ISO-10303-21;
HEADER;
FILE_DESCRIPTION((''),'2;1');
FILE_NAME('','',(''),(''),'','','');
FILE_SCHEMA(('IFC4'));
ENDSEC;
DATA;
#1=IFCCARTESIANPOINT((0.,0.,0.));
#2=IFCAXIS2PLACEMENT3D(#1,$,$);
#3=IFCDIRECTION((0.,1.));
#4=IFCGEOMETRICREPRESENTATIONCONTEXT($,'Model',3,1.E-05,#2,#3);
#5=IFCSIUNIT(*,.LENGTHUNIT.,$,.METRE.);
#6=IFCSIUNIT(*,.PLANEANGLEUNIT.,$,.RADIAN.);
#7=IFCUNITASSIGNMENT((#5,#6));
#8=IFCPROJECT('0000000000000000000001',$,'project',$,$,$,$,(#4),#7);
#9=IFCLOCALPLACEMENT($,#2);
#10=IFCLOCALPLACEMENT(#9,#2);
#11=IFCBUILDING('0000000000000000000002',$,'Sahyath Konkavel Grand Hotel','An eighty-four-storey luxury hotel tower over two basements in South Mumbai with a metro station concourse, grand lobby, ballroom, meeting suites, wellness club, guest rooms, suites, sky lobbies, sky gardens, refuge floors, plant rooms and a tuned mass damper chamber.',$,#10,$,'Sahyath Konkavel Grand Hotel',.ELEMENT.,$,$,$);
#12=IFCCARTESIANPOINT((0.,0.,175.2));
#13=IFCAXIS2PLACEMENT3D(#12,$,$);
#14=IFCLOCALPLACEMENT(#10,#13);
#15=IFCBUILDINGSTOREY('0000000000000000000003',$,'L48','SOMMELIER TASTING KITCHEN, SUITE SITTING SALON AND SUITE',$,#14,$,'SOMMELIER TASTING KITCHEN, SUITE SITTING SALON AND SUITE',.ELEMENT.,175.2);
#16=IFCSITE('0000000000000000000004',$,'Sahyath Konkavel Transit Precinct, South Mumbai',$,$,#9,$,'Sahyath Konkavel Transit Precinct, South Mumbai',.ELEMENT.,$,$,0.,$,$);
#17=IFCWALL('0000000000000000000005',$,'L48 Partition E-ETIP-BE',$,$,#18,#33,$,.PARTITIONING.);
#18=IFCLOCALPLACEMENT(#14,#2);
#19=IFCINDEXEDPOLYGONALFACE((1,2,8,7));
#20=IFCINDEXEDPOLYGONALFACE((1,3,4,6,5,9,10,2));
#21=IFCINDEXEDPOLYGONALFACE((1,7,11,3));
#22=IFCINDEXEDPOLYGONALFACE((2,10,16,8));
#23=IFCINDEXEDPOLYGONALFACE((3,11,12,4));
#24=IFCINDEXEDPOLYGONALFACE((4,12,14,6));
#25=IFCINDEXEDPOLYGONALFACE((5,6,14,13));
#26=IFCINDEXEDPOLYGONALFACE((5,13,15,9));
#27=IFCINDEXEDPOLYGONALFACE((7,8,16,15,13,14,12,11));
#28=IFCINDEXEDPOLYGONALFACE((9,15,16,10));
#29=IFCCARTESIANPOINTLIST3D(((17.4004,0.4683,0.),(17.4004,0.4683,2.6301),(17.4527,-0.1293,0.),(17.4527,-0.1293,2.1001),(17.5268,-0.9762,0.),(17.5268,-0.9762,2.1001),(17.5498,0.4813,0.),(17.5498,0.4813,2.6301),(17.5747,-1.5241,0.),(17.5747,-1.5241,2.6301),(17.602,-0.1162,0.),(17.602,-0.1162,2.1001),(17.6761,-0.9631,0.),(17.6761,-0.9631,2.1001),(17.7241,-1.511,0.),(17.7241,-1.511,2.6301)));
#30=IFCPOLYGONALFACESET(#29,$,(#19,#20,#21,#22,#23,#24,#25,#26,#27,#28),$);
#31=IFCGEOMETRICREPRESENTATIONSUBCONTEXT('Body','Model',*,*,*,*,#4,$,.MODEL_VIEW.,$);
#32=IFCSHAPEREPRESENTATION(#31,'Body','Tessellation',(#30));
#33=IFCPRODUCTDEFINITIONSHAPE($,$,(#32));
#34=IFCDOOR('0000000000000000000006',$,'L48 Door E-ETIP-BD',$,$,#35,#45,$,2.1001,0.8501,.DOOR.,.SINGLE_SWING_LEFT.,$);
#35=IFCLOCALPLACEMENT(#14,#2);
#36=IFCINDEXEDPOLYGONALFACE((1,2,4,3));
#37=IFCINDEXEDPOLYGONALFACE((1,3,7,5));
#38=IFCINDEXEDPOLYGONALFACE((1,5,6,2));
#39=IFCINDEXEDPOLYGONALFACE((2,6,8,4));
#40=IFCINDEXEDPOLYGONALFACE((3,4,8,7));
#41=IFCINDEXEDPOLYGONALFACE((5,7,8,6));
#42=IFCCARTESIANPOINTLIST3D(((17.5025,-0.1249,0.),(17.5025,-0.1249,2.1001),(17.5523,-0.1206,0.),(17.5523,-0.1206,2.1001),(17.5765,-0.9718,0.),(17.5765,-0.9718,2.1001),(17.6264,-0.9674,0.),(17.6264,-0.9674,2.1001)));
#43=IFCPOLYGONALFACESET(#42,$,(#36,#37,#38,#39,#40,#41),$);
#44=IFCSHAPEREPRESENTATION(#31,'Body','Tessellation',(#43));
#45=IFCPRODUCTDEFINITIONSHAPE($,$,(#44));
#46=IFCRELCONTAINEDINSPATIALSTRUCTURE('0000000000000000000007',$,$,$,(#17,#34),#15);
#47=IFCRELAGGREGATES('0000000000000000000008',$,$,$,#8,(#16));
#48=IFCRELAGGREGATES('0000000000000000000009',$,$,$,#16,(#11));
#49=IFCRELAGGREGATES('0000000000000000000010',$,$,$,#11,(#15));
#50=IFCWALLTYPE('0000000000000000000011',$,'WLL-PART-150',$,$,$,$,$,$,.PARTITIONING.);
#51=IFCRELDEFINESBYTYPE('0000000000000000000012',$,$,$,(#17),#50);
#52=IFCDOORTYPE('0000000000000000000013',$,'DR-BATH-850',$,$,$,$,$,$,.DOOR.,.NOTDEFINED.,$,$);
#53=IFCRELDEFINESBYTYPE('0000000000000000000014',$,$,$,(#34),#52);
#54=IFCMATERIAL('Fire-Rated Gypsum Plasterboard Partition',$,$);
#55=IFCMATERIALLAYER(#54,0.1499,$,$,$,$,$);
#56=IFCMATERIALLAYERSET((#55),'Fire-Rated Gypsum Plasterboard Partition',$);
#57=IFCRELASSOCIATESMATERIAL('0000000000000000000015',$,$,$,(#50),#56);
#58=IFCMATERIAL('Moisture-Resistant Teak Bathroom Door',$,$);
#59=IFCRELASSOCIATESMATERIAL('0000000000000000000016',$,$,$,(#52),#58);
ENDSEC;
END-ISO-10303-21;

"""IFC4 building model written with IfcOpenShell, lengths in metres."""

from ifc_helpers import new_model, si_unit, direction, frame, frame_2d, origin, origin_2d, place, context, subcontext, project, spatial, rectangle, extrude, source, transform, mapped, material, layer, layer_set, type_object, element, fill, save


model = new_model("IFC4")

# Units and contexts
model_context = context("Model", 3, precision=1e-05, world=origin(), true_north=direction((0.0, 1.0)))
body_context = subcontext(model_context, "Body", "Model", "MODEL_VIEW")
ifc_project = project(units=[si_unit("LENGTHUNIT", "METRE"), si_unit("PLANEANGLEUNIT", "RADIAN")], contexts=[model_context])

# Site, building, storey
site_placement = place(None, origin())
site = spatial("IfcSite", under=ifc_project, at=site_placement, Name="Sahyath Konkavel Transit Precinct, South Mumbai", LongName="Sahyath Konkavel Transit Precinct, South Mumbai", CompositionType="ELEMENT", RefElevation=0.0)
building_placement = place(site_placement, origin())
building = spatial("IfcBuilding", under=site, at=building_placement, Name="Sahyath Konkavel Grand Hotel", Description="An eighty-four-storey luxury hotel tower over two basements in South Mumbai with a metro station concourse, grand lobby, ballroom, meeting suites, wellness club, guest rooms, suites, sky lobbies, sky gardens, refuge floors, plant rooms and a tuned mass damper chamber.", LongName="Sahyath Konkavel Grand Hotel", CompositionType="ELEMENT")
storey_placement = place(building_placement, frame((0.0, 0.0, 175.2)))
storey = spatial("IfcBuildingStorey", under=building, at=storey_placement, Name="L48", Description="SOMMELIER TASTING KITCHEN, SUITE SITTING SALON AND SUITE", LongName="SOMMELIER TASTING KITCHEN, SUITE SITTING SALON AND SUITE", CompositionType="ELEMENT", Elevation=175.2)

# Shared definitions
shared_shape_1 = source(origin(), body_context, "Body", "SweptSolid", [
    extrude(rectangle(XDim=0.8501, YDim=0.05, at=origin_2d()), origin(), (0.0, 0.0, 1.0), 2.1001),
])

# Shared definitions
ifc_material_1 = material(Name="Fire-Rated Gypsum Plasterboard Partition")
ifc_layer_1 = layer(ifc_material_1, 0.1499)
ifc_layer_set_1 = layer_set([ifc_layer_1], Name="Fire-Rated Gypsum Plasterboard Partition")
wall_type_1 = type_object("IfcWallType", Name="WLL-PART-150", PredefinedType="PARTITIONING", material=ifc_layer_set_1)

# Wall, opening, door
wall_1_placement = place(storey_placement, frame((17.6494, -1.5176, 0.0), z_axis=(0.0, 0.0, 1.0), x_axis=(-0.087156, 0.996195, 0.0)))
wall_1 = element("IfcWall", 1, at=wall_1_placement, inside=storey, type_object=wall_type_1, Name="L48 Partition E-ETIP-BE", PredefinedType="PARTITIONING", context=body_context, shape_type="SweptSolid", body=[
    extrude(rectangle(XDim=2.0, YDim=0.1499, at=frame_2d((1.0, 0.0))), origin(), (0.0, 0.0, 1.0), 2.6301),
])
opening_1_placement = place(wall_1_placement, frame((0.55, 0.0, 0.0)))
opening_1 = element("IfcOpeningElement", 2, at=opening_1_placement, cuts=wall_1, PredefinedType="OPENING", context=body_context, shape_type="SweptSolid", body=[
    extrude(rectangle(XDim=0.8501, YDim=2.1001, at=frame_2d((0.425, 1.05))), frame((0.0, 0.085, 0.0), z_axis=(0.0, -1.0, 0.0), x_axis=(1.0, 0.0, 0.0)), (0.0, 0.0, 1.0), 0.1699),
])
ifc_material_2 = material(Name="Moisture-Resistant Teak Bathroom Door")
door_type_1 = type_object("IfcDoorType", Name="DR-BATH-850", OperationType="NOTDEFINED", PredefinedType="DOOR", material=ifc_material_2)
door_1_placement = place(opening_1_placement, frame((0.425, 0.0, 0.0)))
door_1 = element("IfcDoor", 3, at=door_1_placement, inside=storey, type_object=door_type_1, Name="L48 Door E-ETIP-BD", OperationType="SINGLE_SWING_LEFT", OverallHeight=2.1001, OverallWidth=0.8501, PredefinedType="DOOR", context=body_context, shape_type="MappedRepresentation", body=[
    mapped(shared_shape_1, transform((0.0, 0.0, 0.0), scale=1.0)),
])
fill(opening_1, door_1)

save(model, "model.ifc")
